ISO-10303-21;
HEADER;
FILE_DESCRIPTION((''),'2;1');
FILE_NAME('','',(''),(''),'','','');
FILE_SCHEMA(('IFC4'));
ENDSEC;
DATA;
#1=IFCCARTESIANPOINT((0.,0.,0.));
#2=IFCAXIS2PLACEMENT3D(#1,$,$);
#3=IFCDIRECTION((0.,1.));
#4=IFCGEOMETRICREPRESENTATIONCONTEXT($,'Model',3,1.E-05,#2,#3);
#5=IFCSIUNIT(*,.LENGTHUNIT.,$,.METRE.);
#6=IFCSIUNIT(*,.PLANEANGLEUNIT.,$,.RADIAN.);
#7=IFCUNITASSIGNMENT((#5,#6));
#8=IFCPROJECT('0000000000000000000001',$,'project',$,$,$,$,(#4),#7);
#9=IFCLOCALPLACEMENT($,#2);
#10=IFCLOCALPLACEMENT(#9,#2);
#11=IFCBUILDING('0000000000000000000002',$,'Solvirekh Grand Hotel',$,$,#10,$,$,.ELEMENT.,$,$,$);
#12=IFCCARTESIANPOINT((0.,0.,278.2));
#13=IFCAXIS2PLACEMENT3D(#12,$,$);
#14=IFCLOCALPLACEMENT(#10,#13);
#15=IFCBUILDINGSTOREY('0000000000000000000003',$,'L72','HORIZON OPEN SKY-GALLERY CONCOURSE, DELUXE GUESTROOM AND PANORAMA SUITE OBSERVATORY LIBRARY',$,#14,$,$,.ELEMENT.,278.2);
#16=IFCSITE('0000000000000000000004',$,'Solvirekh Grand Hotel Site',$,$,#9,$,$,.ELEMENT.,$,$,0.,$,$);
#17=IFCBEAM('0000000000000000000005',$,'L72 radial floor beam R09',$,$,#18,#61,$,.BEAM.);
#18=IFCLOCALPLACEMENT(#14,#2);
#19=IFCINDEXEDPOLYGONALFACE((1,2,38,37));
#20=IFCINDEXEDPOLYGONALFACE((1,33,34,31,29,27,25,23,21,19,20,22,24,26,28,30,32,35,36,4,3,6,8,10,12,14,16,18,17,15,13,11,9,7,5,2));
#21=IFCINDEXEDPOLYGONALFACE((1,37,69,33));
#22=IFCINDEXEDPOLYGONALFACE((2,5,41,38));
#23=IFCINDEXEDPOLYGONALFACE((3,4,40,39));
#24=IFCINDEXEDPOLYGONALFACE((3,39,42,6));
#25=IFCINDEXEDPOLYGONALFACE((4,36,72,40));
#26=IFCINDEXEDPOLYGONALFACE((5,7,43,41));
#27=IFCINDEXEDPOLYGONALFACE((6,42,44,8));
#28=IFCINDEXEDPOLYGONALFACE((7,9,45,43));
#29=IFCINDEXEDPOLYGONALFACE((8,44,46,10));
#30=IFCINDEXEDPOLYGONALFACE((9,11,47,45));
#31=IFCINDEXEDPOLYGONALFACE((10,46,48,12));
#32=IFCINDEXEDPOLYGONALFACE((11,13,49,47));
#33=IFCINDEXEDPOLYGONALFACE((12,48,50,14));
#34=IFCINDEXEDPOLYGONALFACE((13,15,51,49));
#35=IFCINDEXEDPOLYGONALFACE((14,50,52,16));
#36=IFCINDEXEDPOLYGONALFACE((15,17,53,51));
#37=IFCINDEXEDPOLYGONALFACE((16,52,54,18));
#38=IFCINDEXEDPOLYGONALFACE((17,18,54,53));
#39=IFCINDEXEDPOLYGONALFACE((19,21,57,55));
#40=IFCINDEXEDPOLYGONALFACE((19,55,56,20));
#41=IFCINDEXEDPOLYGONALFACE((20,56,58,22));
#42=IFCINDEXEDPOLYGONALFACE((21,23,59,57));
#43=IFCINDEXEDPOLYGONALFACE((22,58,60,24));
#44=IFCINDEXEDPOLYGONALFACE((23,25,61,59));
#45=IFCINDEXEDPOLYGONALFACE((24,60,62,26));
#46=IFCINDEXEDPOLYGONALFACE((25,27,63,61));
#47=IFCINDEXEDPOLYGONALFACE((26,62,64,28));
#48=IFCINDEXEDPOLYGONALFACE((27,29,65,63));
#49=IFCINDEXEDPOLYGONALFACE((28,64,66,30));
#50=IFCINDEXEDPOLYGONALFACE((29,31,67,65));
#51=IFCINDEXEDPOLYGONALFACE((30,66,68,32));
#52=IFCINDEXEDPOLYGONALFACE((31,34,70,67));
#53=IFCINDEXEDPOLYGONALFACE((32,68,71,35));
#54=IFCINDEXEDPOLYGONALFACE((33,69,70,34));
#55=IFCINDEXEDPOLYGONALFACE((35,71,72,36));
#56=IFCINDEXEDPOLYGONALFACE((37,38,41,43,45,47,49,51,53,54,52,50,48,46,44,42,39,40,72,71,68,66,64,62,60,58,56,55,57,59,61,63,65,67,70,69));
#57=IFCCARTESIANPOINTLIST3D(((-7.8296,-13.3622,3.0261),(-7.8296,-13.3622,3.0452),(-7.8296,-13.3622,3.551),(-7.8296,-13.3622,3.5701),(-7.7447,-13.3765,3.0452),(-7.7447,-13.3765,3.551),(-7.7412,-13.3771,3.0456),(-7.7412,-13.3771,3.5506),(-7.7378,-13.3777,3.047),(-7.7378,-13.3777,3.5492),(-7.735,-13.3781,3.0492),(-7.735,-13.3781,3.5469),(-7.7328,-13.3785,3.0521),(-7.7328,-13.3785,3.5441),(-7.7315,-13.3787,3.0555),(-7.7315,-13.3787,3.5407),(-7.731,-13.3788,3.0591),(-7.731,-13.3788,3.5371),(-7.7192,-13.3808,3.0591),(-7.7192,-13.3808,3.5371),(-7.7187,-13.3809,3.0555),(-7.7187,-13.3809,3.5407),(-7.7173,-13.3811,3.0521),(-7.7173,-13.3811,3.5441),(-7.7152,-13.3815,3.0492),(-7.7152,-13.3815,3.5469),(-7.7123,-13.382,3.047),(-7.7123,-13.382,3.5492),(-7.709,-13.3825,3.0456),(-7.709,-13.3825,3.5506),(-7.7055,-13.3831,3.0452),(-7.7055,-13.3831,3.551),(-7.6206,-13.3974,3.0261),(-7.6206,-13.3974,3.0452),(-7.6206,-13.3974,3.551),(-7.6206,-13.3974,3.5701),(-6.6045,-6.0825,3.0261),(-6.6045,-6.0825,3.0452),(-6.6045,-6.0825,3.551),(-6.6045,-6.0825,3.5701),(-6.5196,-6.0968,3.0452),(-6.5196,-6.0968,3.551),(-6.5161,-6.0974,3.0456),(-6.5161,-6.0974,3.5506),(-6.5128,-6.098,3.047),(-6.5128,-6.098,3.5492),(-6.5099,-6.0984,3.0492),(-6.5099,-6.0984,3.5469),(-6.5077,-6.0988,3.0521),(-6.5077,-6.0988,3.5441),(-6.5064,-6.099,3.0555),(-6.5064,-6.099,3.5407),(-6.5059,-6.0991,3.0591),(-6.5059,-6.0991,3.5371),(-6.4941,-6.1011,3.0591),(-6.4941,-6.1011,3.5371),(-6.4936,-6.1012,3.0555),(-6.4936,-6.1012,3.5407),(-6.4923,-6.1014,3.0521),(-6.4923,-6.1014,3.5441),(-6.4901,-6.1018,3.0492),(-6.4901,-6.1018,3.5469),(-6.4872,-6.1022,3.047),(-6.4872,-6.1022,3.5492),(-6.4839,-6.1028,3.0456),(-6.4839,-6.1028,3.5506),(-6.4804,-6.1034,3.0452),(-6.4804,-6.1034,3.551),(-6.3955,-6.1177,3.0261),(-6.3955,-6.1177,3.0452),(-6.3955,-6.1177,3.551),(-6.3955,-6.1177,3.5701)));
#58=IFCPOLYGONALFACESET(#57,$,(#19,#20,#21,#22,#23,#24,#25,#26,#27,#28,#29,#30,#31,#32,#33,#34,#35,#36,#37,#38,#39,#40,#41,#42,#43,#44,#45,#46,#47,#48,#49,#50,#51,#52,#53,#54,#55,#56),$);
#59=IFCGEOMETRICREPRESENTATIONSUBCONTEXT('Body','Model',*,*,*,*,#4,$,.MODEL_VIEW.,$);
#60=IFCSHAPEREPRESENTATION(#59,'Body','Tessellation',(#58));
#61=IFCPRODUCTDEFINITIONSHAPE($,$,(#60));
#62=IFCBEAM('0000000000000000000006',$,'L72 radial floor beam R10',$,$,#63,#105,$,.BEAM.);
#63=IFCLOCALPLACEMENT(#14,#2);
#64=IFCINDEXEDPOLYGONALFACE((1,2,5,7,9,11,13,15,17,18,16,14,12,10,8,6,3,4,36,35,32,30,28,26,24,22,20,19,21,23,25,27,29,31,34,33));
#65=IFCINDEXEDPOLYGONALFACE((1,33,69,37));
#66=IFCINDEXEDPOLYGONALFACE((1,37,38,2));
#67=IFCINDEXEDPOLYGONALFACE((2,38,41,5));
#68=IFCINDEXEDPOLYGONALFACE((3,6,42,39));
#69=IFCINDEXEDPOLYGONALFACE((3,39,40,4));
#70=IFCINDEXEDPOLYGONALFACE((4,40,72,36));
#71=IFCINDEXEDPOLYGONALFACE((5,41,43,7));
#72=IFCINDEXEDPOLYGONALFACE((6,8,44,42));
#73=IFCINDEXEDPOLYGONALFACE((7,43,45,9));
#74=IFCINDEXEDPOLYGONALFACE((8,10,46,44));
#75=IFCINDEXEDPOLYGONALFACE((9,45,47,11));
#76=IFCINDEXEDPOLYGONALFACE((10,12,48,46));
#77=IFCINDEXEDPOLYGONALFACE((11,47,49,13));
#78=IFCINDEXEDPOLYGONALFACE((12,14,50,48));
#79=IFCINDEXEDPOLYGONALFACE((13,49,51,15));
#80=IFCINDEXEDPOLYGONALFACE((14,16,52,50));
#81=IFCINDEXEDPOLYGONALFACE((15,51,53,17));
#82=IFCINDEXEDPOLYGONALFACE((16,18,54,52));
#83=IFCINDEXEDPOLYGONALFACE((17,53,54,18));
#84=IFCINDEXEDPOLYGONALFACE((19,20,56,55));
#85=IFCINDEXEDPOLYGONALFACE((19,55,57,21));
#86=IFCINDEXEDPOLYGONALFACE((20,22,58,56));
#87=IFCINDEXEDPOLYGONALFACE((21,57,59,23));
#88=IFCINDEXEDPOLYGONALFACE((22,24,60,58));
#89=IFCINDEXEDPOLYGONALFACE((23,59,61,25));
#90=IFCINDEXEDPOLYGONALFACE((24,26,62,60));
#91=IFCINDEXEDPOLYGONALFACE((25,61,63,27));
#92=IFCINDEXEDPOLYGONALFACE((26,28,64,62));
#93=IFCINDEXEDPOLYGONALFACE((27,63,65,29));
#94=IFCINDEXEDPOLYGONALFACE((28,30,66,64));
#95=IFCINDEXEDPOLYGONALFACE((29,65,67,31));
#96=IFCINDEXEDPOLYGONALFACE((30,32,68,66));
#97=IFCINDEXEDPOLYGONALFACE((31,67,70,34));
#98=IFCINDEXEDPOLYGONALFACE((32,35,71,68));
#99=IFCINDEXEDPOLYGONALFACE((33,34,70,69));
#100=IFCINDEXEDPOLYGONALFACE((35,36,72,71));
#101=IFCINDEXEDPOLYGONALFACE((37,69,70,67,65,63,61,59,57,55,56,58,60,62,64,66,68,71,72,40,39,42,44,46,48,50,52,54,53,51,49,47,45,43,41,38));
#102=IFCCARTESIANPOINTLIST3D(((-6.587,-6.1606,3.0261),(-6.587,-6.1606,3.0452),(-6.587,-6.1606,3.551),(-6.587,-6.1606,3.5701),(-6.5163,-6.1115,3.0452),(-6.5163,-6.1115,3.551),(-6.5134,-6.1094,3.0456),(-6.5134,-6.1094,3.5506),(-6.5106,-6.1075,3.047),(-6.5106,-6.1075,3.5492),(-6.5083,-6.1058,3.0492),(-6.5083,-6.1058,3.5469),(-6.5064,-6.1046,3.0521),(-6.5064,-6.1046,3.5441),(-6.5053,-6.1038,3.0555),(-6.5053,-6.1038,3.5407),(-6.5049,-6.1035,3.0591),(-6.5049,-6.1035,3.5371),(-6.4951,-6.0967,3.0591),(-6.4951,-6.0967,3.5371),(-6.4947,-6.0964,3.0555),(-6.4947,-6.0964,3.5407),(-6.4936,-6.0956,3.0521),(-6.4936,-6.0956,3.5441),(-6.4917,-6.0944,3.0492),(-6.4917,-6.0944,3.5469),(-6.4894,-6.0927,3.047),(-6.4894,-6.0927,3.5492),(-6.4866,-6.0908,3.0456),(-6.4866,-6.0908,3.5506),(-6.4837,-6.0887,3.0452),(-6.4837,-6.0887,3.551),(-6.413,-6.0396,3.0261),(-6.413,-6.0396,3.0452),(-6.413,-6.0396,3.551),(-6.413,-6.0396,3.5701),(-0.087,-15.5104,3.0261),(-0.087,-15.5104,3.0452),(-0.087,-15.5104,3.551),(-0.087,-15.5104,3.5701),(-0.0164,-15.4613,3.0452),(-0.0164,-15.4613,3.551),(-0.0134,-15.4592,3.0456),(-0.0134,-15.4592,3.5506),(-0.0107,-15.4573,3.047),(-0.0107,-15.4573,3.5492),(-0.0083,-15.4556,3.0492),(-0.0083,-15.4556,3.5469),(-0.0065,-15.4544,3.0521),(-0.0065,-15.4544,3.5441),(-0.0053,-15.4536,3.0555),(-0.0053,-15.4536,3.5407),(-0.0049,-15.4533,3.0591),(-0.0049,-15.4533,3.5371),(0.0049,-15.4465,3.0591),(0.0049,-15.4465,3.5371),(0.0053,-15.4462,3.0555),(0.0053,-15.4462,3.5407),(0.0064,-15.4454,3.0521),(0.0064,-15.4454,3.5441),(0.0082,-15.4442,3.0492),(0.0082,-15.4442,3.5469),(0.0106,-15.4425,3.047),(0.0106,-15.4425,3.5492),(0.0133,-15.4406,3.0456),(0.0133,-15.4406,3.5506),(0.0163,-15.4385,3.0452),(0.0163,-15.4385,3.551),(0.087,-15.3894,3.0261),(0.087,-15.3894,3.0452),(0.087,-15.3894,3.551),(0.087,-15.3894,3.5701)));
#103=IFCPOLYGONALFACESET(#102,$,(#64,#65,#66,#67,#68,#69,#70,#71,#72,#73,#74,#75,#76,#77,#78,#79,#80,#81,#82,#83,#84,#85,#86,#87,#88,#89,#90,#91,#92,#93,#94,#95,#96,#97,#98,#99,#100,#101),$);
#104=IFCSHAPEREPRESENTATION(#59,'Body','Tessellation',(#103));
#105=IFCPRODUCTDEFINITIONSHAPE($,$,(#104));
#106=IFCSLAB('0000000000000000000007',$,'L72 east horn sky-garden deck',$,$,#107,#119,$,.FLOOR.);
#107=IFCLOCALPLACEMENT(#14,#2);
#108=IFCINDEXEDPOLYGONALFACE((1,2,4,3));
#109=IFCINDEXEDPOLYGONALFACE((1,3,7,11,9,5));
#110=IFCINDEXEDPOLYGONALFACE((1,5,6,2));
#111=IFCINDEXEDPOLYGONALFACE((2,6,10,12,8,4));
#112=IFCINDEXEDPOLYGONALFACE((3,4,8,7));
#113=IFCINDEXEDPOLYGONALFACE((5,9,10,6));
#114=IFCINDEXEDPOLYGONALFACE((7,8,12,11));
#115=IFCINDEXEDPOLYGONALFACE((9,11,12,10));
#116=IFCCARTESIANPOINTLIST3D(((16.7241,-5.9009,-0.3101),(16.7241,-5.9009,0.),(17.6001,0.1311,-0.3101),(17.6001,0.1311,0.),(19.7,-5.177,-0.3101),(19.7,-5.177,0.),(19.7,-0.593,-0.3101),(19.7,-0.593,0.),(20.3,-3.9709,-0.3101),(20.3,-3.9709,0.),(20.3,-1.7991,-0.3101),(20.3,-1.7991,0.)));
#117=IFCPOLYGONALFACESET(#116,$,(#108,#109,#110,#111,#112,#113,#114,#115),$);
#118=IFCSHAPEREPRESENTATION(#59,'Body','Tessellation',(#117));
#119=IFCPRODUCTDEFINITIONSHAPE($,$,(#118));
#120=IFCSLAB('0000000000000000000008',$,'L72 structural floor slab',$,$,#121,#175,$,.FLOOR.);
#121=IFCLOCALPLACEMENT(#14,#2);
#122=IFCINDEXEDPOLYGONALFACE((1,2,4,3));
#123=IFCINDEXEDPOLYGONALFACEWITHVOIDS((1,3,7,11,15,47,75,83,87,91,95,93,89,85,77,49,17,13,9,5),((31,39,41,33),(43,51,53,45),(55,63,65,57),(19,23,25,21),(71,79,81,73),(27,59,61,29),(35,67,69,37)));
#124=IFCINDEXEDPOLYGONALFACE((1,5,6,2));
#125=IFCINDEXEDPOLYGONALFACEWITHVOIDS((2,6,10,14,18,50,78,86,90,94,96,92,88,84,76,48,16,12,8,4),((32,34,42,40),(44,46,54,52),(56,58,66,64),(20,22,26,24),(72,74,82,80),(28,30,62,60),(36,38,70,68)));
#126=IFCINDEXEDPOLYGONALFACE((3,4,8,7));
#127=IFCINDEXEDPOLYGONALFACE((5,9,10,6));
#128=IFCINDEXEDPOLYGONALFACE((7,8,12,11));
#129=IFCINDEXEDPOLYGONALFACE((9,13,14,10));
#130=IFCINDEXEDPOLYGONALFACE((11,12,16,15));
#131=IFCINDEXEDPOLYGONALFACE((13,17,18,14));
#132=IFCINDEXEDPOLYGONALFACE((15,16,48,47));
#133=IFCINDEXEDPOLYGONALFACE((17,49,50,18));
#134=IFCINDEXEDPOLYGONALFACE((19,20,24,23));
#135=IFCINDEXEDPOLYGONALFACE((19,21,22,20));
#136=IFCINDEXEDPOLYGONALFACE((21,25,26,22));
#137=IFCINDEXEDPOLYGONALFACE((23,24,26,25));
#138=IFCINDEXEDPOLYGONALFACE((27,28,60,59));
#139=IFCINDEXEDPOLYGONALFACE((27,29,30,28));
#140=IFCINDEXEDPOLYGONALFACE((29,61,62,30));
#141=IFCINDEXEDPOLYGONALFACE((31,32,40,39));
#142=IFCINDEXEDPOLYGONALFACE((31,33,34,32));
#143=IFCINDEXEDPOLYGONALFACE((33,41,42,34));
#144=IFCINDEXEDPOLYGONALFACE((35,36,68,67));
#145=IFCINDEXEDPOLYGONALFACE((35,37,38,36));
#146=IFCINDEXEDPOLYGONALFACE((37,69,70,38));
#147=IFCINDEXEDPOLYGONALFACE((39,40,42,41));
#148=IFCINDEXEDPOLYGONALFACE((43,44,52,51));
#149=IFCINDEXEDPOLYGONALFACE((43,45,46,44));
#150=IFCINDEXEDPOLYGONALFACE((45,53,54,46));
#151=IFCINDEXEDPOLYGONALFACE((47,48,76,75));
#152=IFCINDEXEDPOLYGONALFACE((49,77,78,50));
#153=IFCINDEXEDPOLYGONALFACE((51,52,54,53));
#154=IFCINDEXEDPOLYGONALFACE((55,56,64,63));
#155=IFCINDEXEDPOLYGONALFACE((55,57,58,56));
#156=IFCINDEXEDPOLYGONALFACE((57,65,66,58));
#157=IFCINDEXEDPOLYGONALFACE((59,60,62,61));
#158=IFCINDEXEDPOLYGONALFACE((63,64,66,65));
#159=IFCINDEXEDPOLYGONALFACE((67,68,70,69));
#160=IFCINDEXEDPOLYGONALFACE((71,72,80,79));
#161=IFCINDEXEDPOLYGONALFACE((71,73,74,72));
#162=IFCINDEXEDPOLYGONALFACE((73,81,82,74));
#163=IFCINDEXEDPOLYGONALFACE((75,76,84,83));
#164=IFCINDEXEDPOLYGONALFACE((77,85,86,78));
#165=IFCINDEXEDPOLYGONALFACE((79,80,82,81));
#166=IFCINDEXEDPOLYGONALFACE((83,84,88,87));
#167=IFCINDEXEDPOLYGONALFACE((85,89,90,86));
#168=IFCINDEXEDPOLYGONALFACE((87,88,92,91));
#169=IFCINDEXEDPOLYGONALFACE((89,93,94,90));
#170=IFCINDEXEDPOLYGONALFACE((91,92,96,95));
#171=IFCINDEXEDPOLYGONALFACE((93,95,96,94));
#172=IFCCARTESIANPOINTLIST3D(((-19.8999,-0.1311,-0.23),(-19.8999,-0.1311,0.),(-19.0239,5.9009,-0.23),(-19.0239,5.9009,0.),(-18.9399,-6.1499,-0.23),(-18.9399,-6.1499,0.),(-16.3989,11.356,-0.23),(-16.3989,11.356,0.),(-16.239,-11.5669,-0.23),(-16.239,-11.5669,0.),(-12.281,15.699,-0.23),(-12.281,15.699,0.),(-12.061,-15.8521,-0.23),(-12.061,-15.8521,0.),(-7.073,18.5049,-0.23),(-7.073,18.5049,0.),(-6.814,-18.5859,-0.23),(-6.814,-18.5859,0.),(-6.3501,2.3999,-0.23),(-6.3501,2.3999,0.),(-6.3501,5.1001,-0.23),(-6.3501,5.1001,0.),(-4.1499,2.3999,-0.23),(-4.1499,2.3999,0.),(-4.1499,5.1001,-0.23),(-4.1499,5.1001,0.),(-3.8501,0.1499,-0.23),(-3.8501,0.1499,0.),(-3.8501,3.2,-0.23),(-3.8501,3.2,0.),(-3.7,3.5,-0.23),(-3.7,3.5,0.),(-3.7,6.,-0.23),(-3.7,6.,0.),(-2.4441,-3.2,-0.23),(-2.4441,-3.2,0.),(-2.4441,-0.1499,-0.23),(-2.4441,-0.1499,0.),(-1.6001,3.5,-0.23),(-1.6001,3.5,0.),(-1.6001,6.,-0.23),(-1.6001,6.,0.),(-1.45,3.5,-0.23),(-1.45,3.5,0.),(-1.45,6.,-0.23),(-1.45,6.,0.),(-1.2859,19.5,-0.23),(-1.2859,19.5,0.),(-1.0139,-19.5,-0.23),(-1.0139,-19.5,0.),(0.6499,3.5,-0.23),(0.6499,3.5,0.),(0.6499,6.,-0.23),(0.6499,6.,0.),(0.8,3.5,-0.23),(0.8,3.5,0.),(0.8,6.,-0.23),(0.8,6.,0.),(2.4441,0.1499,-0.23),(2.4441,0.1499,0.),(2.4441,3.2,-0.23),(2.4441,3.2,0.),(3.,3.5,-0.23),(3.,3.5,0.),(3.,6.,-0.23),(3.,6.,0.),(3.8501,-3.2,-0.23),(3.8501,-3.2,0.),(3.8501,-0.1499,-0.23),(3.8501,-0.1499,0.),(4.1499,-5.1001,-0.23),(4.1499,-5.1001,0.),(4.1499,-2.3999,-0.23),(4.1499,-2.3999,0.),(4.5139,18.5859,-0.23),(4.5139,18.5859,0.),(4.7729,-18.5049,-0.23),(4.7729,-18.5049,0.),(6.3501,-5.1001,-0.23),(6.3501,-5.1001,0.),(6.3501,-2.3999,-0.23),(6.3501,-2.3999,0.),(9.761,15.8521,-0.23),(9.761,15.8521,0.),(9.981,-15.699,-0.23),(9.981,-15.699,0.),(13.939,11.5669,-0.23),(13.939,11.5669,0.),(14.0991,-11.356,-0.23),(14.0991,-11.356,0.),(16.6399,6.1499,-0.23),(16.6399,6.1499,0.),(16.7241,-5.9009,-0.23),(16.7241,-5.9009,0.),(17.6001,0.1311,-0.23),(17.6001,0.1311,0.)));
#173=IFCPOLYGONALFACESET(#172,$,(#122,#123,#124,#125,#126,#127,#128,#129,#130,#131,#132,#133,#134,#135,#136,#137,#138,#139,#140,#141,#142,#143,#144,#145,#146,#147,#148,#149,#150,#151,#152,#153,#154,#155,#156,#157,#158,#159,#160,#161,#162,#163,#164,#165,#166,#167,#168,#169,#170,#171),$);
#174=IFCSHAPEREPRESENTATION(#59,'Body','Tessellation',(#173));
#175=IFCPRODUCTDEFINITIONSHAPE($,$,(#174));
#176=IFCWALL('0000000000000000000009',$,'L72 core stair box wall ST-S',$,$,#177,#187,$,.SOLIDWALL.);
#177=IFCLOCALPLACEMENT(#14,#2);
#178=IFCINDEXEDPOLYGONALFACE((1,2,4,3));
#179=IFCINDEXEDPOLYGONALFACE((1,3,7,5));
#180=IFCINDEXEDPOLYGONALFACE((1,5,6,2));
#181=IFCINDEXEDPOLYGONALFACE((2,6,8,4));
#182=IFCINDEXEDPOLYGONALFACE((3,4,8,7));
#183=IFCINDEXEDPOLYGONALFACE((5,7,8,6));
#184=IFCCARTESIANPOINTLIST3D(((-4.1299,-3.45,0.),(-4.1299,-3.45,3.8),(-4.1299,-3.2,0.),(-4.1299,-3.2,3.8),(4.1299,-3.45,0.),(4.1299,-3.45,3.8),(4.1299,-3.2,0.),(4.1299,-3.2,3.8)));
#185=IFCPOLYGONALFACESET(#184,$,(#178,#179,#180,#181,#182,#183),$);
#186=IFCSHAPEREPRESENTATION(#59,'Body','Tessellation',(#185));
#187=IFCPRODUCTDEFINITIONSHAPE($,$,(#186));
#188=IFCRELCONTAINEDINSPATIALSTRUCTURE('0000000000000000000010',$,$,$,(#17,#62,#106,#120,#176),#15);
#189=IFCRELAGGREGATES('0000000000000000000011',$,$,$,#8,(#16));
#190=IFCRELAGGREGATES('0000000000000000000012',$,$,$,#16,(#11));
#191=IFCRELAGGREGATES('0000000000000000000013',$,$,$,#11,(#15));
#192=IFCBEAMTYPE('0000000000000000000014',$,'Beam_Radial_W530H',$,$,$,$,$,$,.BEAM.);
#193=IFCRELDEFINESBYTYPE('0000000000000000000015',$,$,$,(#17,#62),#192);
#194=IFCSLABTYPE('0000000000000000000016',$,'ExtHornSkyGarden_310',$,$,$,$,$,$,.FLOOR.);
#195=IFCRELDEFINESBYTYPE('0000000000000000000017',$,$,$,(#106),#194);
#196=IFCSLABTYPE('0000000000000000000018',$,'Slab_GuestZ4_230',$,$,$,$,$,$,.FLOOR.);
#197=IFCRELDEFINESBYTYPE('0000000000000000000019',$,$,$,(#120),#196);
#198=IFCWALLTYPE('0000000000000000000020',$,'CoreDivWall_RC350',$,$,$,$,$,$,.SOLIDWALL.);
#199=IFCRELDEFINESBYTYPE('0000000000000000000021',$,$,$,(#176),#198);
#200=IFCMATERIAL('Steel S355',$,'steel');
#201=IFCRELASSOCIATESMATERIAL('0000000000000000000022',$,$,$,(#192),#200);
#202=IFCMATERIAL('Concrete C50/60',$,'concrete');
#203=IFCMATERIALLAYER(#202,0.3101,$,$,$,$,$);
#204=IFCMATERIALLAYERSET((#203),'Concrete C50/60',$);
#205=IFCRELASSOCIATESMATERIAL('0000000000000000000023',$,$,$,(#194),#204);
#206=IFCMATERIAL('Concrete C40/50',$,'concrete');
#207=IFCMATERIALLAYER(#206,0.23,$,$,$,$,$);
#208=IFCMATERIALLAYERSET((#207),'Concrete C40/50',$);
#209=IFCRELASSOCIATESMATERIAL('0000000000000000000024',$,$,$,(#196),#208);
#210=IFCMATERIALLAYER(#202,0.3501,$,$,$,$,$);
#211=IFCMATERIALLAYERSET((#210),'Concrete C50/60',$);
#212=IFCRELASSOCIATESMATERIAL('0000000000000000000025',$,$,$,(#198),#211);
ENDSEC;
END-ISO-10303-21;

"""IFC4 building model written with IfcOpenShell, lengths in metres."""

from ifc_helpers import new_model, si_unit, direction, frame, frame_2d, origin, origin_2d, place, context, subcontext, project, spatial, polyline, rectangle, i_section, outline, extrude, material, layer, layer_set, material_profile, profile_set, type_object, element, save


model = new_model("IFC4")

# Units and contexts
model_context = context("Model", 3, precision=1e-05, world=origin(), true_north=direction((0.0, 1.0)))
body_context = subcontext(model_context, "Body", "Model", "MODEL_VIEW")
ifc_project = project(units=[si_unit("LENGTHUNIT", "METRE"), si_unit("PLANEANGLEUNIT", "RADIAN")], contexts=[model_context])

# Site, building, storey
site_placement = place(None, origin())
site = spatial("IfcSite", under=ifc_project, at=site_placement, Name="Solvirekh Grand Hotel Site", CompositionType="ELEMENT", RefElevation=0.0)
building_placement = place(site_placement, origin())
building = spatial("IfcBuilding", under=site, at=building_placement, Name="Solvirekh Grand Hotel", CompositionType="ELEMENT")
storey_placement = place(building_placement, frame((0.0, 0.0, 278.2)))
storey = spatial("IfcBuildingStorey", under=building, at=storey_placement, Name="L72", Description="HORIZON OPEN SKY-GALLERY CONCOURSE, DELUXE GUESTROOM AND PANORAMA SUITE OBSERVATORY LIBRARY", CompositionType="ELEMENT", Elevation=278.2)

# Beams
ifc_material_1 = material(Name="Steel S355", Category="steel")
ifc_material_profile = material_profile(ifc_material_1, i_section(OverallWidth=0.2119, OverallDepth=0.5439, WebThickness=0.012, FlangeThickness=0.019, FilletRadius=0.0139, at=origin_2d()), Name="W530X123")
ifc_profile_set = profile_set([ifc_material_profile], Name="Steel S355")
beam_type = type_object("IfcBeamType", Name="Beam_Radial_W530H", PredefinedType="BEAM", material=ifc_profile_set)
beam_1_placement = place(storey_placement, frame((-6.5, -6.1001, 3.2981), z_axis=(-0.165954, -0.986133, 0.0), x_axis=(0.986133, -0.165954, 0.0)))
element("IfcBeam", 1, at=beam_1_placement, inside=storey, type_object=beam_type, Name="L72 radial floor beam R09", PredefinedType="BEAM", context=body_context, shape_type="SweptSolid", body=[
    extrude(i_section(OverallWidth=0.2119, OverallDepth=0.5439, WebThickness=0.012, FlangeThickness=0.019, FilletRadius=0.0139, at=origin_2d()), origin(), (0.0, 0.0, 1.0), 7.3821),
])
beam_2_placement = place(storey_placement, frame((-6.5, -6.1001, 3.2981), z_axis=(0.570813, -0.82108, 0.0), x_axis=(0.82108, 0.570813, 0.0)))
element("IfcBeam", 2, at=beam_2_placement, inside=storey, type_object=beam_type, Name="L72 radial floor beam R10", PredefinedType="BEAM", context=body_context, shape_type="SweptSolid", body=[
    extrude(i_section(OverallWidth=0.2119, OverallDepth=0.5439, WebThickness=0.012, FlangeThickness=0.019, FilletRadius=0.0139, at=origin_2d()), origin(), (0.0, 0.0, 1.0), 11.3872),
])

# Slabs
ifc_material_2 = material(Name="Concrete C50/60", Category="concrete")
ifc_layer_1 = layer(ifc_material_2, 0.3101)
ifc_layer_set_1 = layer_set([ifc_layer_1], Name="Concrete C50/60")
slab_type_1 = type_object("IfcSlabType", Name="ExtHornSkyGarden_310", PredefinedType="FLOOR", material=ifc_layer_set_1)
slab_1_placement = place(storey_placement, frame((0.0, 0.0, -0.3101)))
element("IfcSlab", 3, at=slab_1_placement, inside=storey, type_object=slab_type_1, Name="L72 east horn sky-garden deck", PredefinedType="FLOOR", context=body_context, shape_type="SweptSolid", body=[
    extrude(outline(polyline([(17.6001, 0.1311), (16.7241, -5.9009), (19.7, -5.177), (20.3, -3.9709), (20.3, -1.7991), (19.7, -0.593), (17.6001, 0.1311)])), origin(), (0.0, 0.0, 1.0), 0.3101),
])
ifc_material_3 = material(Name="Concrete C40/50", Category="concrete")
ifc_layer_2 = layer(ifc_material_3, 0.23)
ifc_layer_set_2 = layer_set([ifc_layer_2], Name="Concrete C40/50")
slab_type_2 = type_object("IfcSlabType", Name="Slab_GuestZ4_230", PredefinedType="FLOOR", material=ifc_layer_set_2)
slab_2_placement = place(storey_placement, frame((0.0, 0.0, -0.23)))
element("IfcSlab", 4, at=slab_2_placement, inside=storey, type_object=slab_type_2, Name="L72 structural floor slab", PredefinedType="FLOOR", context=body_context, shape_type="SweptSolid", body=[
    extrude(outline(polyline([(-1.0139, -19.5), (4.7729, -18.5049), (9.981, -15.699), (14.0991, -11.356), (16.7241, -5.9009), (17.6001, 0.1311), (16.6399, 6.1499), (13.939, 11.5669), (9.761, 15.8521), (4.5139, 18.5859), (-1.2859, 19.5), (-7.073, 18.5049), (-12.281, 15.699), (-16.3989, 11.356), (-19.0239, 5.9009), (-19.8999, -0.1311), (-18.9399, -6.1499), (-16.239, -11.5669), (-12.061, -15.8521), (-6.814, -18.5859), (-1.0139, -19.5)]), holes=[polyline([(-2.4441, -0.1499), (3.8501, -0.1499), (3.8501, -3.2), (-2.4441, -3.2), (-2.4441, -0.1499)]), polyline([(2.4441, 0.1499), (-3.8501, 0.1499), (-3.8501, 3.2), (2.4441, 3.2), (2.4441, 0.1499)]), polyline([(-3.7, 6.0), (-1.6001, 6.0), (-1.6001, 3.5), (-3.7, 3.5), (-3.7, 6.0)]), polyline([(-1.45, 6.0), (0.6499, 6.0), (0.6499, 3.5), (-1.45, 3.5), (-1.45, 6.0)]), polyline([(0.8, 6.0), (3.0, 6.0), (3.0, 3.5), (0.8, 3.5), (0.8, 6.0)]), polyline([(-6.3501, 5.1001), (-4.1499, 5.1001), (-4.1499, 2.3999), (-6.3501, 2.3999), (-6.3501, 5.1001)]), polyline([(4.1499, -2.3999), (6.3501, -2.3999), (6.3501, -5.1001), (4.1499, -5.1001), (4.1499, -2.3999)])]), origin(), (0.0, 0.0, 1.0), 0.23),
])

# Wall
ifc_layer_3 = layer(ifc_material_2, 0.3501)
ifc_layer_set_3 = layer_set([ifc_layer_3], Name="Concrete C50/60")
wall_type_1 = type_object("IfcWallType", Name="CoreDivWall_RC350", PredefinedType="SOLIDWALL", material=ifc_layer_set_3)
wall_1_placement = place(storey_placement, frame((-4.1299, -3.325, 0.0), z_axis=(0.0, 0.0, 1.0), x_axis=(1.0, 0.0, 0.0)))
element("IfcWall", 5, at=wall_1_placement, inside=storey, type_object=wall_type_1, Name="L72 core stair box wall ST-S", PredefinedType="SOLIDWALL", context=body_context, shape_type="SweptSolid", body=[
    extrude(rectangle(XDim=8.2598, YDim=0.25, at=frame_2d((4.1299, 0.0))), origin(), (0.0, 0.0, 1.0), 3.8),
])

save(model, "model.ifc")
